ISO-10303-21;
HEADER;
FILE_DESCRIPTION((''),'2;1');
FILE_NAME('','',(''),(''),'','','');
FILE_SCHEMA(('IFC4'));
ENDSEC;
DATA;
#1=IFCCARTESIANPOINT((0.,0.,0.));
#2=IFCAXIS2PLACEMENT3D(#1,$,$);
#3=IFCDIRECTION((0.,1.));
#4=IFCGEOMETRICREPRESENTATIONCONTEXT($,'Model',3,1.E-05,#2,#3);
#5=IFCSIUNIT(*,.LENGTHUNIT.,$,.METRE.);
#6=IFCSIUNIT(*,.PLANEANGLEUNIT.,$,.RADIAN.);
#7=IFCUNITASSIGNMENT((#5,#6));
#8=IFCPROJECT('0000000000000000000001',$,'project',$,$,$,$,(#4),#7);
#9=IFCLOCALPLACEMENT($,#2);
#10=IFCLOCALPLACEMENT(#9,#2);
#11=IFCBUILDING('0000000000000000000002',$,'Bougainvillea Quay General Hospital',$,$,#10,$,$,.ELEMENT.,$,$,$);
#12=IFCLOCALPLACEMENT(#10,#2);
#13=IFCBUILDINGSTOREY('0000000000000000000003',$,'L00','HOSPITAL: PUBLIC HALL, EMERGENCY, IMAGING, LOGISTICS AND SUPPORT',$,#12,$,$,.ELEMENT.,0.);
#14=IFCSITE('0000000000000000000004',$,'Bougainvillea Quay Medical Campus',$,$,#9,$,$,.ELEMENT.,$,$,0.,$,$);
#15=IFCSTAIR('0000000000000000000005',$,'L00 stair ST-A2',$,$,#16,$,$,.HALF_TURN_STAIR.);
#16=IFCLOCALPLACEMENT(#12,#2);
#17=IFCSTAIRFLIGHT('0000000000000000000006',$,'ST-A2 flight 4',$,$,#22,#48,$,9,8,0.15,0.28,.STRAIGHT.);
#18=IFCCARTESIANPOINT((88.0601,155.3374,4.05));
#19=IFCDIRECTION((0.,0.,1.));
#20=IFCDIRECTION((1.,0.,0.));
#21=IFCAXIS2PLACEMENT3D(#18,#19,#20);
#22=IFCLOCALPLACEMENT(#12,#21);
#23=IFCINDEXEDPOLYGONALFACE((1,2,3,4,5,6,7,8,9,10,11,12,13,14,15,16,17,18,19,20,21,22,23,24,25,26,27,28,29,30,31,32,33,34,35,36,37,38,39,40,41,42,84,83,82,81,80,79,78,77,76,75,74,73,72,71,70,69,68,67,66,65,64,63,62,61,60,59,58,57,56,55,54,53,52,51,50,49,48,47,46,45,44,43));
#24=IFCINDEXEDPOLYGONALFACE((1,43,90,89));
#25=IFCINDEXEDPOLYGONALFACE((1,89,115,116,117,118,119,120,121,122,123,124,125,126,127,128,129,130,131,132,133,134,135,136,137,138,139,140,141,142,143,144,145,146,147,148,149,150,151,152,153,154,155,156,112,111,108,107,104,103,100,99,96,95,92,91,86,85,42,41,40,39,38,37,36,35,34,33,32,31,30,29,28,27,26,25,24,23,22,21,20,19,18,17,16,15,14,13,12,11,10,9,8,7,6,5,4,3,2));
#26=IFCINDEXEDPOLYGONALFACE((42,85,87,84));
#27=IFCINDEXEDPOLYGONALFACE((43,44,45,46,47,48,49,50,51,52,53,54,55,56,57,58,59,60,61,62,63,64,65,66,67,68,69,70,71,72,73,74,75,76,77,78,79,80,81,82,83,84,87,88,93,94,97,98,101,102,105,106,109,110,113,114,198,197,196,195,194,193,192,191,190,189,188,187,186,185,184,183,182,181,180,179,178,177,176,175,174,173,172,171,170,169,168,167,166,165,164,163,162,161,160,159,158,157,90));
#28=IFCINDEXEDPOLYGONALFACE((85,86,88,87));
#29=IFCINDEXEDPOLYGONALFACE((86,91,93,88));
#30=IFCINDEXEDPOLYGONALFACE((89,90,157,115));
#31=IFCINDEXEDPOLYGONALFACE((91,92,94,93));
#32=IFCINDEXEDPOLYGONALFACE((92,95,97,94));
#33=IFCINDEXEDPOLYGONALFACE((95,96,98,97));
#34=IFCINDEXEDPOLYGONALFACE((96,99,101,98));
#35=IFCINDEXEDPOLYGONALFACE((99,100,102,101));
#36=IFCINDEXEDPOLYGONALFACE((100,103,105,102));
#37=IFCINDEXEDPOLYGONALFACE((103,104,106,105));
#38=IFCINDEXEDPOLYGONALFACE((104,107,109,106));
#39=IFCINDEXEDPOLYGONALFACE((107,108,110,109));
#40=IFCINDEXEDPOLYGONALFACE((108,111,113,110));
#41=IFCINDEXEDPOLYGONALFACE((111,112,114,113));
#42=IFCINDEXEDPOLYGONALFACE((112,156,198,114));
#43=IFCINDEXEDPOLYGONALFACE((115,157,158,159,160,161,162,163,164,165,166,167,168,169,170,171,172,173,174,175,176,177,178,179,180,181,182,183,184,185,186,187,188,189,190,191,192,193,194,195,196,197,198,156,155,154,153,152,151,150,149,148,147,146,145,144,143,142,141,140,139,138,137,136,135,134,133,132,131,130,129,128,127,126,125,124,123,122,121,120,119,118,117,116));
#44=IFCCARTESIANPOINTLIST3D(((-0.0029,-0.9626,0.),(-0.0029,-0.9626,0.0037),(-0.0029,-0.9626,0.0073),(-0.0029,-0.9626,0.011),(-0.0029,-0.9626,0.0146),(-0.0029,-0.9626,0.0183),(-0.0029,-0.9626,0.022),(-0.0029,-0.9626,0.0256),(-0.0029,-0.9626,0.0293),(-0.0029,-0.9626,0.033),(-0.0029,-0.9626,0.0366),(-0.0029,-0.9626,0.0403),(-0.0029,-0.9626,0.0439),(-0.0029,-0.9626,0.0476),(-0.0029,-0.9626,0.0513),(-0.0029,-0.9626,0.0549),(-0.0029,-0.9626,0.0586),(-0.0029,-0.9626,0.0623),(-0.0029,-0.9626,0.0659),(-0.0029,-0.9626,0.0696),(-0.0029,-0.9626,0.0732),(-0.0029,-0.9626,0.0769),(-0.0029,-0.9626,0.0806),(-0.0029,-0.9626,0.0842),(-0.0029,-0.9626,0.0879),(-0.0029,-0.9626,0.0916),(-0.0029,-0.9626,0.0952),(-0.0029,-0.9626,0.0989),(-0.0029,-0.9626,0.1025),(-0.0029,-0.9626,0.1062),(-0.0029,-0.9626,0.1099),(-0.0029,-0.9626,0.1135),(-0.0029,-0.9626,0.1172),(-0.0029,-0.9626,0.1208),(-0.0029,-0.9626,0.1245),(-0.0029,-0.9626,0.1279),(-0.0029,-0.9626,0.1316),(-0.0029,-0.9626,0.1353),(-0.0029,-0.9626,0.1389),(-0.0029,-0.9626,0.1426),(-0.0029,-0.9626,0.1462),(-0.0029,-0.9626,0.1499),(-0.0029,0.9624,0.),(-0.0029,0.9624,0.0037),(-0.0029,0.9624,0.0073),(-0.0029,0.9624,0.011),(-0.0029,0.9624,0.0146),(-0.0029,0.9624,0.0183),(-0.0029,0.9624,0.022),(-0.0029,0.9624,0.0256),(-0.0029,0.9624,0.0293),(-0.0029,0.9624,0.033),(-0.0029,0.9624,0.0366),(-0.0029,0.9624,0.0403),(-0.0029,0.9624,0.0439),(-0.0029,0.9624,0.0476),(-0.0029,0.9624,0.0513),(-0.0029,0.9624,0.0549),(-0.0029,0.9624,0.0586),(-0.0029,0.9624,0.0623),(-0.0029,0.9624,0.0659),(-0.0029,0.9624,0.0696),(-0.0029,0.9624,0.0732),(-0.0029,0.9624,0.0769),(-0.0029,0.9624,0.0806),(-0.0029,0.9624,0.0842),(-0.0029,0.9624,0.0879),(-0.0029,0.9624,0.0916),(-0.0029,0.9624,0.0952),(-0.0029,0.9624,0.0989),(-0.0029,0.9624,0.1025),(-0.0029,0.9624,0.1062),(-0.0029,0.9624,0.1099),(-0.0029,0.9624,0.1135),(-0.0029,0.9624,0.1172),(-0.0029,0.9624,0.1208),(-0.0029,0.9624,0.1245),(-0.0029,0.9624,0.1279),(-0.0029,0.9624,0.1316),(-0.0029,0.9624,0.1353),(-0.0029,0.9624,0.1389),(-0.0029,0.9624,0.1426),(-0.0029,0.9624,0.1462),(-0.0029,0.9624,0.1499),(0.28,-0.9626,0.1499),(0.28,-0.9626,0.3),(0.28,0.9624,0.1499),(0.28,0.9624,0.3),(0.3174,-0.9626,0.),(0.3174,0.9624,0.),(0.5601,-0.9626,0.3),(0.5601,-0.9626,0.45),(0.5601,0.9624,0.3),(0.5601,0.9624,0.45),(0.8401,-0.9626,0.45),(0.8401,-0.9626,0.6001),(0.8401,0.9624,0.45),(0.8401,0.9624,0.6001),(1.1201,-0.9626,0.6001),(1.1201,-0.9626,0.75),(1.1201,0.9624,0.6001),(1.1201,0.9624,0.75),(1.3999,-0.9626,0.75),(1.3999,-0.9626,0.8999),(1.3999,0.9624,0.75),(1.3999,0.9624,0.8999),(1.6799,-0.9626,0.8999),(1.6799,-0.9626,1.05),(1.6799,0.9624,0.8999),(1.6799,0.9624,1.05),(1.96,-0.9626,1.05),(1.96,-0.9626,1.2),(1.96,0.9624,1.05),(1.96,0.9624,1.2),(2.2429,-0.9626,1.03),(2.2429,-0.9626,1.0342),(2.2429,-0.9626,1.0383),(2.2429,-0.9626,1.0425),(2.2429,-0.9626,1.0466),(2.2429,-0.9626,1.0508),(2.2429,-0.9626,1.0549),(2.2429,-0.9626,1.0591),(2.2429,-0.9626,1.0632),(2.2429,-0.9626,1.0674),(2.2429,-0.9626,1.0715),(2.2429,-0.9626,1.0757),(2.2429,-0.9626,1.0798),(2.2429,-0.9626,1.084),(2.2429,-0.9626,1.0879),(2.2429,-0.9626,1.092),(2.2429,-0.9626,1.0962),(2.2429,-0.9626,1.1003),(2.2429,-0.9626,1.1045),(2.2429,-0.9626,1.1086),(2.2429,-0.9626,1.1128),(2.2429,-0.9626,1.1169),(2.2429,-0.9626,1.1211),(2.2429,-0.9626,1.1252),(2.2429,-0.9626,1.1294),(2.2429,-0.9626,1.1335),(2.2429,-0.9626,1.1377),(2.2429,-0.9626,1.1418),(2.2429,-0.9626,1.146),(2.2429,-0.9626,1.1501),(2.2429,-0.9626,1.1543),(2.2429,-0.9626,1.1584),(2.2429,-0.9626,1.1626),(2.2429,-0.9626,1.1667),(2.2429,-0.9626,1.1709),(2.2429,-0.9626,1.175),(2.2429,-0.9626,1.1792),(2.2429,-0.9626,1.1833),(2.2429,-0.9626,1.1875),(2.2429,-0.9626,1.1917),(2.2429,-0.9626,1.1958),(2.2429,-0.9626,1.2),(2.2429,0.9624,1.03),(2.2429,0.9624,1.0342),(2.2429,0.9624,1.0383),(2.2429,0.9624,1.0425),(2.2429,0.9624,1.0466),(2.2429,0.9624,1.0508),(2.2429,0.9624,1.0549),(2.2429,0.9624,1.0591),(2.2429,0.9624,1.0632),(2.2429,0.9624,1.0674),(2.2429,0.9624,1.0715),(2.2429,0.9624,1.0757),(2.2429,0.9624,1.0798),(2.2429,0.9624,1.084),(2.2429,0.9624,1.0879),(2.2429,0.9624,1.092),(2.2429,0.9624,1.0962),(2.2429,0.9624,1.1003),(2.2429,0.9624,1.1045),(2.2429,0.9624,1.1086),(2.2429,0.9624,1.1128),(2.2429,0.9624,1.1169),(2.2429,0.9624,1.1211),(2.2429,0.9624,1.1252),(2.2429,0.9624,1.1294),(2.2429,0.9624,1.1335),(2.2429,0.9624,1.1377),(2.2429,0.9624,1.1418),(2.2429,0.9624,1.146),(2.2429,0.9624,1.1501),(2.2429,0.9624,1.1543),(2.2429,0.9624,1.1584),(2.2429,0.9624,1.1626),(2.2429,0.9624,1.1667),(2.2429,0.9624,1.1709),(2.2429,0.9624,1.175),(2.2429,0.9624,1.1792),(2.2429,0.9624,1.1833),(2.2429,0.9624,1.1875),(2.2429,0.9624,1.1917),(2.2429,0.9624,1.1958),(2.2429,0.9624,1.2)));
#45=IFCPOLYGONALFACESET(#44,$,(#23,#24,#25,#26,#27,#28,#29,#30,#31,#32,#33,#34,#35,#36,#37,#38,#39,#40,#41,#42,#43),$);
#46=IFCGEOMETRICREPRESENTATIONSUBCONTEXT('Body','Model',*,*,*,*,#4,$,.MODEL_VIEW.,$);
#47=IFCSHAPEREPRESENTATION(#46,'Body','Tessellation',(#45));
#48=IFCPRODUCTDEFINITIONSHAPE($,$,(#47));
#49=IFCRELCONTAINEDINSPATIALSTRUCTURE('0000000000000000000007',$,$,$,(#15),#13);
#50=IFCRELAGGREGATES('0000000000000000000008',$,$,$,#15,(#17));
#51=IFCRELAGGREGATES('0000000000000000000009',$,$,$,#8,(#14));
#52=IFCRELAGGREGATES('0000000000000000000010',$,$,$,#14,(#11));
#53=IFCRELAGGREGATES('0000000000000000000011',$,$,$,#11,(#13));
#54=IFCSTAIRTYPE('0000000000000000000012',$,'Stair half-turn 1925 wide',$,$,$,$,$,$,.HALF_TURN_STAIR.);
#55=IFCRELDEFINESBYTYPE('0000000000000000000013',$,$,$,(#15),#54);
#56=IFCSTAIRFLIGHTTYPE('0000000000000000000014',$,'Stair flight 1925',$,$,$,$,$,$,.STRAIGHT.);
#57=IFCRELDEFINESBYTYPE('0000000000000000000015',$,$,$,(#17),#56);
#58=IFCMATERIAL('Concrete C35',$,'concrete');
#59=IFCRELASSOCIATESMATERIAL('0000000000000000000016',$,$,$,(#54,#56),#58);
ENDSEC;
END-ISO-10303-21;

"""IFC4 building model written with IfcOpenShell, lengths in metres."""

from ifc_helpers import new_model, si_unit, direction, frame, origin, place, context, subcontext, project, spatial, polyline, outline, extrude, material, type_object, element, aggregate, save


model = new_model("IFC4")

# Units and contexts
model_context = context("Model", 3, precision=1e-05, world=origin(), true_north=direction((0.0, 1.0)))
body_context = subcontext(model_context, "Body", "Model", "MODEL_VIEW")
ifc_project = project(units=[si_unit("LENGTHUNIT", "METRE"), si_unit("PLANEANGLEUNIT", "RADIAN")], contexts=[model_context])

# Site, building, storey
site_placement = place(None, origin())
site = spatial("IfcSite", under=ifc_project, at=site_placement, Name="Bougainvillea Quay Medical Campus", CompositionType="ELEMENT", RefElevation=0.0)
building_placement = place(site_placement, origin())
building = spatial("IfcBuilding", under=site, at=building_placement, Name="Bougainvillea Quay General Hospital", CompositionType="ELEMENT")
storey_placement = place(building_placement, origin())
storey = spatial("IfcBuildingStorey", under=building, at=storey_placement, Name="L00", Description="HOSPITAL: PUBLIC HALL, EMERGENCY, IMAGING, LOGISTICS AND SUPPORT", CompositionType="ELEMENT", Elevation=0.0)

# Stair, stair flight
ifc_material_1 = material(Name="Concrete C35", Category="concrete")
stair_type = type_object("IfcStairType", Name="Stair half-turn 1925 wide", PredefinedType="HALF_TURN_STAIR", material=ifc_material_1)
stair_placement = place(storey_placement, origin())
stair = element("IfcStair", 1, at=stair_placement, inside=storey, type_object=stair_type, Name="L00 stair ST-A2", PredefinedType="HALF_TURN_STAIR")
stair_flight_type = type_object("IfcStairFlightType", Name="Stair flight 1925", PredefinedType="STRAIGHT", material=ifc_material_1)
stair_flight_1_placement = place(storey_placement, frame((88.0601, 155.3374, 4.05), z_axis=(0.0, 0.0, 1.0), x_axis=(1.0, 0.0, 0.0)))
stair_flight_1 = element("IfcStairFlight", 2, at=stair_flight_1_placement, type_object=stair_flight_type, Name="ST-A2 flight 4", NumberOfRisers=9, NumberOfTreads=8, PredefinedType="STRAIGHT", RiserHeight=0.15, TreadLength=0.28, context=body_context, shape_type="SweptSolid", body=[
    extrude(outline(polyline([(-0.0029, 0.0), (-0.0029, 0.0037), (-0.0029, 0.0073), (-0.0029, 0.011), (-0.0029, 0.0146), (-0.0029, 0.0183), (-0.0029, 0.022), (-0.0029, 0.0256), (-0.0029, 0.0293), (-0.0029, 0.033), (-0.0029, 0.0366), (-0.0029, 0.0403), (-0.0029, 0.0439), (-0.0029, 0.0476), (-0.0029, 0.0513), (-0.0029, 0.0549), (-0.0029, 0.0586), (-0.0029, 0.0623), (-0.0029, 0.0659), (-0.0029, 0.0696), (-0.0029, 0.0732), (-0.0029, 0.0769), (-0.0029, 0.0806), (-0.0029, 0.0842), (-0.0029, 0.0879), (-0.0029, 0.0916), (-0.0029, 0.0952), (-0.0029, 0.0989), (-0.0029, 0.1025), (-0.0029, 0.1062), (-0.0029, 0.1099), (-0.0029, 0.1135), (-0.0029, 0.1172), (-0.0029, 0.1208), (-0.0029, 0.1245), (-0.0029, 0.1279), (-0.0029, 0.1316), (-0.0029, 0.1353), (-0.0029, 0.1389), (-0.0029, 0.1426), (-0.0029, 0.1462), (-0.0029, 0.1499), (0.28, 0.1499), (0.28, 0.3), (0.5601, 0.3), (0.5601, 0.45), (0.8401, 0.45), (0.8401, 0.6001), (1.1201, 0.6001), (1.1201, 0.75), (1.3999, 0.75), (1.3999, 0.8999), (1.6799, 0.8999), (1.6799, 1.05), (1.96, 1.05), (1.96, 1.2), (2.2429, 1.2), (2.2429, 1.1958), (2.2429, 1.1917), (2.2429, 1.1875), (2.2429, 1.1833), (2.2429, 1.1792), (2.2429, 1.175), (2.2429, 1.1709), (2.2429, 1.1667), (2.2429, 1.1626), (2.2429, 1.1584), (2.2429, 1.1543), (2.2429, 1.1501), (2.2429, 1.146), (2.2429, 1.1418), (2.2429, 1.1377), (2.2429, 1.1335), (2.2429, 1.1294), (2.2429, 1.1252), (2.2429, 1.1211), (2.2429, 1.1169), (2.2429, 1.1128), (2.2429, 1.1086), (2.2429, 1.1045), (2.2429, 1.1003), (2.2429, 1.0962), (2.2429, 1.092), (2.2429, 1.0879), (2.2429, 1.084), (2.2429, 1.0798), (2.2429, 1.0757), (2.2429, 1.0715), (2.2429, 1.0674), (2.2429, 1.0632), (2.2429, 1.0591), (2.2429, 1.0549), (2.2429, 1.0508), (2.2429, 1.0466), (2.2429, 1.0425), (2.2429, 1.0383), (2.2429, 1.0342), (2.2429, 1.03), (0.3174, 0.0), (-0.0029, 0.0)])), frame((0.0, 0.9624, 0.0), z_axis=(0.0, -1.0, 0.0), x_axis=(1.0, 0.0, 0.0)), (0.0, 0.0, 1.0), 1.925),
])
aggregate(stair, [stair_flight_1])

save(model, "model.ifc")
